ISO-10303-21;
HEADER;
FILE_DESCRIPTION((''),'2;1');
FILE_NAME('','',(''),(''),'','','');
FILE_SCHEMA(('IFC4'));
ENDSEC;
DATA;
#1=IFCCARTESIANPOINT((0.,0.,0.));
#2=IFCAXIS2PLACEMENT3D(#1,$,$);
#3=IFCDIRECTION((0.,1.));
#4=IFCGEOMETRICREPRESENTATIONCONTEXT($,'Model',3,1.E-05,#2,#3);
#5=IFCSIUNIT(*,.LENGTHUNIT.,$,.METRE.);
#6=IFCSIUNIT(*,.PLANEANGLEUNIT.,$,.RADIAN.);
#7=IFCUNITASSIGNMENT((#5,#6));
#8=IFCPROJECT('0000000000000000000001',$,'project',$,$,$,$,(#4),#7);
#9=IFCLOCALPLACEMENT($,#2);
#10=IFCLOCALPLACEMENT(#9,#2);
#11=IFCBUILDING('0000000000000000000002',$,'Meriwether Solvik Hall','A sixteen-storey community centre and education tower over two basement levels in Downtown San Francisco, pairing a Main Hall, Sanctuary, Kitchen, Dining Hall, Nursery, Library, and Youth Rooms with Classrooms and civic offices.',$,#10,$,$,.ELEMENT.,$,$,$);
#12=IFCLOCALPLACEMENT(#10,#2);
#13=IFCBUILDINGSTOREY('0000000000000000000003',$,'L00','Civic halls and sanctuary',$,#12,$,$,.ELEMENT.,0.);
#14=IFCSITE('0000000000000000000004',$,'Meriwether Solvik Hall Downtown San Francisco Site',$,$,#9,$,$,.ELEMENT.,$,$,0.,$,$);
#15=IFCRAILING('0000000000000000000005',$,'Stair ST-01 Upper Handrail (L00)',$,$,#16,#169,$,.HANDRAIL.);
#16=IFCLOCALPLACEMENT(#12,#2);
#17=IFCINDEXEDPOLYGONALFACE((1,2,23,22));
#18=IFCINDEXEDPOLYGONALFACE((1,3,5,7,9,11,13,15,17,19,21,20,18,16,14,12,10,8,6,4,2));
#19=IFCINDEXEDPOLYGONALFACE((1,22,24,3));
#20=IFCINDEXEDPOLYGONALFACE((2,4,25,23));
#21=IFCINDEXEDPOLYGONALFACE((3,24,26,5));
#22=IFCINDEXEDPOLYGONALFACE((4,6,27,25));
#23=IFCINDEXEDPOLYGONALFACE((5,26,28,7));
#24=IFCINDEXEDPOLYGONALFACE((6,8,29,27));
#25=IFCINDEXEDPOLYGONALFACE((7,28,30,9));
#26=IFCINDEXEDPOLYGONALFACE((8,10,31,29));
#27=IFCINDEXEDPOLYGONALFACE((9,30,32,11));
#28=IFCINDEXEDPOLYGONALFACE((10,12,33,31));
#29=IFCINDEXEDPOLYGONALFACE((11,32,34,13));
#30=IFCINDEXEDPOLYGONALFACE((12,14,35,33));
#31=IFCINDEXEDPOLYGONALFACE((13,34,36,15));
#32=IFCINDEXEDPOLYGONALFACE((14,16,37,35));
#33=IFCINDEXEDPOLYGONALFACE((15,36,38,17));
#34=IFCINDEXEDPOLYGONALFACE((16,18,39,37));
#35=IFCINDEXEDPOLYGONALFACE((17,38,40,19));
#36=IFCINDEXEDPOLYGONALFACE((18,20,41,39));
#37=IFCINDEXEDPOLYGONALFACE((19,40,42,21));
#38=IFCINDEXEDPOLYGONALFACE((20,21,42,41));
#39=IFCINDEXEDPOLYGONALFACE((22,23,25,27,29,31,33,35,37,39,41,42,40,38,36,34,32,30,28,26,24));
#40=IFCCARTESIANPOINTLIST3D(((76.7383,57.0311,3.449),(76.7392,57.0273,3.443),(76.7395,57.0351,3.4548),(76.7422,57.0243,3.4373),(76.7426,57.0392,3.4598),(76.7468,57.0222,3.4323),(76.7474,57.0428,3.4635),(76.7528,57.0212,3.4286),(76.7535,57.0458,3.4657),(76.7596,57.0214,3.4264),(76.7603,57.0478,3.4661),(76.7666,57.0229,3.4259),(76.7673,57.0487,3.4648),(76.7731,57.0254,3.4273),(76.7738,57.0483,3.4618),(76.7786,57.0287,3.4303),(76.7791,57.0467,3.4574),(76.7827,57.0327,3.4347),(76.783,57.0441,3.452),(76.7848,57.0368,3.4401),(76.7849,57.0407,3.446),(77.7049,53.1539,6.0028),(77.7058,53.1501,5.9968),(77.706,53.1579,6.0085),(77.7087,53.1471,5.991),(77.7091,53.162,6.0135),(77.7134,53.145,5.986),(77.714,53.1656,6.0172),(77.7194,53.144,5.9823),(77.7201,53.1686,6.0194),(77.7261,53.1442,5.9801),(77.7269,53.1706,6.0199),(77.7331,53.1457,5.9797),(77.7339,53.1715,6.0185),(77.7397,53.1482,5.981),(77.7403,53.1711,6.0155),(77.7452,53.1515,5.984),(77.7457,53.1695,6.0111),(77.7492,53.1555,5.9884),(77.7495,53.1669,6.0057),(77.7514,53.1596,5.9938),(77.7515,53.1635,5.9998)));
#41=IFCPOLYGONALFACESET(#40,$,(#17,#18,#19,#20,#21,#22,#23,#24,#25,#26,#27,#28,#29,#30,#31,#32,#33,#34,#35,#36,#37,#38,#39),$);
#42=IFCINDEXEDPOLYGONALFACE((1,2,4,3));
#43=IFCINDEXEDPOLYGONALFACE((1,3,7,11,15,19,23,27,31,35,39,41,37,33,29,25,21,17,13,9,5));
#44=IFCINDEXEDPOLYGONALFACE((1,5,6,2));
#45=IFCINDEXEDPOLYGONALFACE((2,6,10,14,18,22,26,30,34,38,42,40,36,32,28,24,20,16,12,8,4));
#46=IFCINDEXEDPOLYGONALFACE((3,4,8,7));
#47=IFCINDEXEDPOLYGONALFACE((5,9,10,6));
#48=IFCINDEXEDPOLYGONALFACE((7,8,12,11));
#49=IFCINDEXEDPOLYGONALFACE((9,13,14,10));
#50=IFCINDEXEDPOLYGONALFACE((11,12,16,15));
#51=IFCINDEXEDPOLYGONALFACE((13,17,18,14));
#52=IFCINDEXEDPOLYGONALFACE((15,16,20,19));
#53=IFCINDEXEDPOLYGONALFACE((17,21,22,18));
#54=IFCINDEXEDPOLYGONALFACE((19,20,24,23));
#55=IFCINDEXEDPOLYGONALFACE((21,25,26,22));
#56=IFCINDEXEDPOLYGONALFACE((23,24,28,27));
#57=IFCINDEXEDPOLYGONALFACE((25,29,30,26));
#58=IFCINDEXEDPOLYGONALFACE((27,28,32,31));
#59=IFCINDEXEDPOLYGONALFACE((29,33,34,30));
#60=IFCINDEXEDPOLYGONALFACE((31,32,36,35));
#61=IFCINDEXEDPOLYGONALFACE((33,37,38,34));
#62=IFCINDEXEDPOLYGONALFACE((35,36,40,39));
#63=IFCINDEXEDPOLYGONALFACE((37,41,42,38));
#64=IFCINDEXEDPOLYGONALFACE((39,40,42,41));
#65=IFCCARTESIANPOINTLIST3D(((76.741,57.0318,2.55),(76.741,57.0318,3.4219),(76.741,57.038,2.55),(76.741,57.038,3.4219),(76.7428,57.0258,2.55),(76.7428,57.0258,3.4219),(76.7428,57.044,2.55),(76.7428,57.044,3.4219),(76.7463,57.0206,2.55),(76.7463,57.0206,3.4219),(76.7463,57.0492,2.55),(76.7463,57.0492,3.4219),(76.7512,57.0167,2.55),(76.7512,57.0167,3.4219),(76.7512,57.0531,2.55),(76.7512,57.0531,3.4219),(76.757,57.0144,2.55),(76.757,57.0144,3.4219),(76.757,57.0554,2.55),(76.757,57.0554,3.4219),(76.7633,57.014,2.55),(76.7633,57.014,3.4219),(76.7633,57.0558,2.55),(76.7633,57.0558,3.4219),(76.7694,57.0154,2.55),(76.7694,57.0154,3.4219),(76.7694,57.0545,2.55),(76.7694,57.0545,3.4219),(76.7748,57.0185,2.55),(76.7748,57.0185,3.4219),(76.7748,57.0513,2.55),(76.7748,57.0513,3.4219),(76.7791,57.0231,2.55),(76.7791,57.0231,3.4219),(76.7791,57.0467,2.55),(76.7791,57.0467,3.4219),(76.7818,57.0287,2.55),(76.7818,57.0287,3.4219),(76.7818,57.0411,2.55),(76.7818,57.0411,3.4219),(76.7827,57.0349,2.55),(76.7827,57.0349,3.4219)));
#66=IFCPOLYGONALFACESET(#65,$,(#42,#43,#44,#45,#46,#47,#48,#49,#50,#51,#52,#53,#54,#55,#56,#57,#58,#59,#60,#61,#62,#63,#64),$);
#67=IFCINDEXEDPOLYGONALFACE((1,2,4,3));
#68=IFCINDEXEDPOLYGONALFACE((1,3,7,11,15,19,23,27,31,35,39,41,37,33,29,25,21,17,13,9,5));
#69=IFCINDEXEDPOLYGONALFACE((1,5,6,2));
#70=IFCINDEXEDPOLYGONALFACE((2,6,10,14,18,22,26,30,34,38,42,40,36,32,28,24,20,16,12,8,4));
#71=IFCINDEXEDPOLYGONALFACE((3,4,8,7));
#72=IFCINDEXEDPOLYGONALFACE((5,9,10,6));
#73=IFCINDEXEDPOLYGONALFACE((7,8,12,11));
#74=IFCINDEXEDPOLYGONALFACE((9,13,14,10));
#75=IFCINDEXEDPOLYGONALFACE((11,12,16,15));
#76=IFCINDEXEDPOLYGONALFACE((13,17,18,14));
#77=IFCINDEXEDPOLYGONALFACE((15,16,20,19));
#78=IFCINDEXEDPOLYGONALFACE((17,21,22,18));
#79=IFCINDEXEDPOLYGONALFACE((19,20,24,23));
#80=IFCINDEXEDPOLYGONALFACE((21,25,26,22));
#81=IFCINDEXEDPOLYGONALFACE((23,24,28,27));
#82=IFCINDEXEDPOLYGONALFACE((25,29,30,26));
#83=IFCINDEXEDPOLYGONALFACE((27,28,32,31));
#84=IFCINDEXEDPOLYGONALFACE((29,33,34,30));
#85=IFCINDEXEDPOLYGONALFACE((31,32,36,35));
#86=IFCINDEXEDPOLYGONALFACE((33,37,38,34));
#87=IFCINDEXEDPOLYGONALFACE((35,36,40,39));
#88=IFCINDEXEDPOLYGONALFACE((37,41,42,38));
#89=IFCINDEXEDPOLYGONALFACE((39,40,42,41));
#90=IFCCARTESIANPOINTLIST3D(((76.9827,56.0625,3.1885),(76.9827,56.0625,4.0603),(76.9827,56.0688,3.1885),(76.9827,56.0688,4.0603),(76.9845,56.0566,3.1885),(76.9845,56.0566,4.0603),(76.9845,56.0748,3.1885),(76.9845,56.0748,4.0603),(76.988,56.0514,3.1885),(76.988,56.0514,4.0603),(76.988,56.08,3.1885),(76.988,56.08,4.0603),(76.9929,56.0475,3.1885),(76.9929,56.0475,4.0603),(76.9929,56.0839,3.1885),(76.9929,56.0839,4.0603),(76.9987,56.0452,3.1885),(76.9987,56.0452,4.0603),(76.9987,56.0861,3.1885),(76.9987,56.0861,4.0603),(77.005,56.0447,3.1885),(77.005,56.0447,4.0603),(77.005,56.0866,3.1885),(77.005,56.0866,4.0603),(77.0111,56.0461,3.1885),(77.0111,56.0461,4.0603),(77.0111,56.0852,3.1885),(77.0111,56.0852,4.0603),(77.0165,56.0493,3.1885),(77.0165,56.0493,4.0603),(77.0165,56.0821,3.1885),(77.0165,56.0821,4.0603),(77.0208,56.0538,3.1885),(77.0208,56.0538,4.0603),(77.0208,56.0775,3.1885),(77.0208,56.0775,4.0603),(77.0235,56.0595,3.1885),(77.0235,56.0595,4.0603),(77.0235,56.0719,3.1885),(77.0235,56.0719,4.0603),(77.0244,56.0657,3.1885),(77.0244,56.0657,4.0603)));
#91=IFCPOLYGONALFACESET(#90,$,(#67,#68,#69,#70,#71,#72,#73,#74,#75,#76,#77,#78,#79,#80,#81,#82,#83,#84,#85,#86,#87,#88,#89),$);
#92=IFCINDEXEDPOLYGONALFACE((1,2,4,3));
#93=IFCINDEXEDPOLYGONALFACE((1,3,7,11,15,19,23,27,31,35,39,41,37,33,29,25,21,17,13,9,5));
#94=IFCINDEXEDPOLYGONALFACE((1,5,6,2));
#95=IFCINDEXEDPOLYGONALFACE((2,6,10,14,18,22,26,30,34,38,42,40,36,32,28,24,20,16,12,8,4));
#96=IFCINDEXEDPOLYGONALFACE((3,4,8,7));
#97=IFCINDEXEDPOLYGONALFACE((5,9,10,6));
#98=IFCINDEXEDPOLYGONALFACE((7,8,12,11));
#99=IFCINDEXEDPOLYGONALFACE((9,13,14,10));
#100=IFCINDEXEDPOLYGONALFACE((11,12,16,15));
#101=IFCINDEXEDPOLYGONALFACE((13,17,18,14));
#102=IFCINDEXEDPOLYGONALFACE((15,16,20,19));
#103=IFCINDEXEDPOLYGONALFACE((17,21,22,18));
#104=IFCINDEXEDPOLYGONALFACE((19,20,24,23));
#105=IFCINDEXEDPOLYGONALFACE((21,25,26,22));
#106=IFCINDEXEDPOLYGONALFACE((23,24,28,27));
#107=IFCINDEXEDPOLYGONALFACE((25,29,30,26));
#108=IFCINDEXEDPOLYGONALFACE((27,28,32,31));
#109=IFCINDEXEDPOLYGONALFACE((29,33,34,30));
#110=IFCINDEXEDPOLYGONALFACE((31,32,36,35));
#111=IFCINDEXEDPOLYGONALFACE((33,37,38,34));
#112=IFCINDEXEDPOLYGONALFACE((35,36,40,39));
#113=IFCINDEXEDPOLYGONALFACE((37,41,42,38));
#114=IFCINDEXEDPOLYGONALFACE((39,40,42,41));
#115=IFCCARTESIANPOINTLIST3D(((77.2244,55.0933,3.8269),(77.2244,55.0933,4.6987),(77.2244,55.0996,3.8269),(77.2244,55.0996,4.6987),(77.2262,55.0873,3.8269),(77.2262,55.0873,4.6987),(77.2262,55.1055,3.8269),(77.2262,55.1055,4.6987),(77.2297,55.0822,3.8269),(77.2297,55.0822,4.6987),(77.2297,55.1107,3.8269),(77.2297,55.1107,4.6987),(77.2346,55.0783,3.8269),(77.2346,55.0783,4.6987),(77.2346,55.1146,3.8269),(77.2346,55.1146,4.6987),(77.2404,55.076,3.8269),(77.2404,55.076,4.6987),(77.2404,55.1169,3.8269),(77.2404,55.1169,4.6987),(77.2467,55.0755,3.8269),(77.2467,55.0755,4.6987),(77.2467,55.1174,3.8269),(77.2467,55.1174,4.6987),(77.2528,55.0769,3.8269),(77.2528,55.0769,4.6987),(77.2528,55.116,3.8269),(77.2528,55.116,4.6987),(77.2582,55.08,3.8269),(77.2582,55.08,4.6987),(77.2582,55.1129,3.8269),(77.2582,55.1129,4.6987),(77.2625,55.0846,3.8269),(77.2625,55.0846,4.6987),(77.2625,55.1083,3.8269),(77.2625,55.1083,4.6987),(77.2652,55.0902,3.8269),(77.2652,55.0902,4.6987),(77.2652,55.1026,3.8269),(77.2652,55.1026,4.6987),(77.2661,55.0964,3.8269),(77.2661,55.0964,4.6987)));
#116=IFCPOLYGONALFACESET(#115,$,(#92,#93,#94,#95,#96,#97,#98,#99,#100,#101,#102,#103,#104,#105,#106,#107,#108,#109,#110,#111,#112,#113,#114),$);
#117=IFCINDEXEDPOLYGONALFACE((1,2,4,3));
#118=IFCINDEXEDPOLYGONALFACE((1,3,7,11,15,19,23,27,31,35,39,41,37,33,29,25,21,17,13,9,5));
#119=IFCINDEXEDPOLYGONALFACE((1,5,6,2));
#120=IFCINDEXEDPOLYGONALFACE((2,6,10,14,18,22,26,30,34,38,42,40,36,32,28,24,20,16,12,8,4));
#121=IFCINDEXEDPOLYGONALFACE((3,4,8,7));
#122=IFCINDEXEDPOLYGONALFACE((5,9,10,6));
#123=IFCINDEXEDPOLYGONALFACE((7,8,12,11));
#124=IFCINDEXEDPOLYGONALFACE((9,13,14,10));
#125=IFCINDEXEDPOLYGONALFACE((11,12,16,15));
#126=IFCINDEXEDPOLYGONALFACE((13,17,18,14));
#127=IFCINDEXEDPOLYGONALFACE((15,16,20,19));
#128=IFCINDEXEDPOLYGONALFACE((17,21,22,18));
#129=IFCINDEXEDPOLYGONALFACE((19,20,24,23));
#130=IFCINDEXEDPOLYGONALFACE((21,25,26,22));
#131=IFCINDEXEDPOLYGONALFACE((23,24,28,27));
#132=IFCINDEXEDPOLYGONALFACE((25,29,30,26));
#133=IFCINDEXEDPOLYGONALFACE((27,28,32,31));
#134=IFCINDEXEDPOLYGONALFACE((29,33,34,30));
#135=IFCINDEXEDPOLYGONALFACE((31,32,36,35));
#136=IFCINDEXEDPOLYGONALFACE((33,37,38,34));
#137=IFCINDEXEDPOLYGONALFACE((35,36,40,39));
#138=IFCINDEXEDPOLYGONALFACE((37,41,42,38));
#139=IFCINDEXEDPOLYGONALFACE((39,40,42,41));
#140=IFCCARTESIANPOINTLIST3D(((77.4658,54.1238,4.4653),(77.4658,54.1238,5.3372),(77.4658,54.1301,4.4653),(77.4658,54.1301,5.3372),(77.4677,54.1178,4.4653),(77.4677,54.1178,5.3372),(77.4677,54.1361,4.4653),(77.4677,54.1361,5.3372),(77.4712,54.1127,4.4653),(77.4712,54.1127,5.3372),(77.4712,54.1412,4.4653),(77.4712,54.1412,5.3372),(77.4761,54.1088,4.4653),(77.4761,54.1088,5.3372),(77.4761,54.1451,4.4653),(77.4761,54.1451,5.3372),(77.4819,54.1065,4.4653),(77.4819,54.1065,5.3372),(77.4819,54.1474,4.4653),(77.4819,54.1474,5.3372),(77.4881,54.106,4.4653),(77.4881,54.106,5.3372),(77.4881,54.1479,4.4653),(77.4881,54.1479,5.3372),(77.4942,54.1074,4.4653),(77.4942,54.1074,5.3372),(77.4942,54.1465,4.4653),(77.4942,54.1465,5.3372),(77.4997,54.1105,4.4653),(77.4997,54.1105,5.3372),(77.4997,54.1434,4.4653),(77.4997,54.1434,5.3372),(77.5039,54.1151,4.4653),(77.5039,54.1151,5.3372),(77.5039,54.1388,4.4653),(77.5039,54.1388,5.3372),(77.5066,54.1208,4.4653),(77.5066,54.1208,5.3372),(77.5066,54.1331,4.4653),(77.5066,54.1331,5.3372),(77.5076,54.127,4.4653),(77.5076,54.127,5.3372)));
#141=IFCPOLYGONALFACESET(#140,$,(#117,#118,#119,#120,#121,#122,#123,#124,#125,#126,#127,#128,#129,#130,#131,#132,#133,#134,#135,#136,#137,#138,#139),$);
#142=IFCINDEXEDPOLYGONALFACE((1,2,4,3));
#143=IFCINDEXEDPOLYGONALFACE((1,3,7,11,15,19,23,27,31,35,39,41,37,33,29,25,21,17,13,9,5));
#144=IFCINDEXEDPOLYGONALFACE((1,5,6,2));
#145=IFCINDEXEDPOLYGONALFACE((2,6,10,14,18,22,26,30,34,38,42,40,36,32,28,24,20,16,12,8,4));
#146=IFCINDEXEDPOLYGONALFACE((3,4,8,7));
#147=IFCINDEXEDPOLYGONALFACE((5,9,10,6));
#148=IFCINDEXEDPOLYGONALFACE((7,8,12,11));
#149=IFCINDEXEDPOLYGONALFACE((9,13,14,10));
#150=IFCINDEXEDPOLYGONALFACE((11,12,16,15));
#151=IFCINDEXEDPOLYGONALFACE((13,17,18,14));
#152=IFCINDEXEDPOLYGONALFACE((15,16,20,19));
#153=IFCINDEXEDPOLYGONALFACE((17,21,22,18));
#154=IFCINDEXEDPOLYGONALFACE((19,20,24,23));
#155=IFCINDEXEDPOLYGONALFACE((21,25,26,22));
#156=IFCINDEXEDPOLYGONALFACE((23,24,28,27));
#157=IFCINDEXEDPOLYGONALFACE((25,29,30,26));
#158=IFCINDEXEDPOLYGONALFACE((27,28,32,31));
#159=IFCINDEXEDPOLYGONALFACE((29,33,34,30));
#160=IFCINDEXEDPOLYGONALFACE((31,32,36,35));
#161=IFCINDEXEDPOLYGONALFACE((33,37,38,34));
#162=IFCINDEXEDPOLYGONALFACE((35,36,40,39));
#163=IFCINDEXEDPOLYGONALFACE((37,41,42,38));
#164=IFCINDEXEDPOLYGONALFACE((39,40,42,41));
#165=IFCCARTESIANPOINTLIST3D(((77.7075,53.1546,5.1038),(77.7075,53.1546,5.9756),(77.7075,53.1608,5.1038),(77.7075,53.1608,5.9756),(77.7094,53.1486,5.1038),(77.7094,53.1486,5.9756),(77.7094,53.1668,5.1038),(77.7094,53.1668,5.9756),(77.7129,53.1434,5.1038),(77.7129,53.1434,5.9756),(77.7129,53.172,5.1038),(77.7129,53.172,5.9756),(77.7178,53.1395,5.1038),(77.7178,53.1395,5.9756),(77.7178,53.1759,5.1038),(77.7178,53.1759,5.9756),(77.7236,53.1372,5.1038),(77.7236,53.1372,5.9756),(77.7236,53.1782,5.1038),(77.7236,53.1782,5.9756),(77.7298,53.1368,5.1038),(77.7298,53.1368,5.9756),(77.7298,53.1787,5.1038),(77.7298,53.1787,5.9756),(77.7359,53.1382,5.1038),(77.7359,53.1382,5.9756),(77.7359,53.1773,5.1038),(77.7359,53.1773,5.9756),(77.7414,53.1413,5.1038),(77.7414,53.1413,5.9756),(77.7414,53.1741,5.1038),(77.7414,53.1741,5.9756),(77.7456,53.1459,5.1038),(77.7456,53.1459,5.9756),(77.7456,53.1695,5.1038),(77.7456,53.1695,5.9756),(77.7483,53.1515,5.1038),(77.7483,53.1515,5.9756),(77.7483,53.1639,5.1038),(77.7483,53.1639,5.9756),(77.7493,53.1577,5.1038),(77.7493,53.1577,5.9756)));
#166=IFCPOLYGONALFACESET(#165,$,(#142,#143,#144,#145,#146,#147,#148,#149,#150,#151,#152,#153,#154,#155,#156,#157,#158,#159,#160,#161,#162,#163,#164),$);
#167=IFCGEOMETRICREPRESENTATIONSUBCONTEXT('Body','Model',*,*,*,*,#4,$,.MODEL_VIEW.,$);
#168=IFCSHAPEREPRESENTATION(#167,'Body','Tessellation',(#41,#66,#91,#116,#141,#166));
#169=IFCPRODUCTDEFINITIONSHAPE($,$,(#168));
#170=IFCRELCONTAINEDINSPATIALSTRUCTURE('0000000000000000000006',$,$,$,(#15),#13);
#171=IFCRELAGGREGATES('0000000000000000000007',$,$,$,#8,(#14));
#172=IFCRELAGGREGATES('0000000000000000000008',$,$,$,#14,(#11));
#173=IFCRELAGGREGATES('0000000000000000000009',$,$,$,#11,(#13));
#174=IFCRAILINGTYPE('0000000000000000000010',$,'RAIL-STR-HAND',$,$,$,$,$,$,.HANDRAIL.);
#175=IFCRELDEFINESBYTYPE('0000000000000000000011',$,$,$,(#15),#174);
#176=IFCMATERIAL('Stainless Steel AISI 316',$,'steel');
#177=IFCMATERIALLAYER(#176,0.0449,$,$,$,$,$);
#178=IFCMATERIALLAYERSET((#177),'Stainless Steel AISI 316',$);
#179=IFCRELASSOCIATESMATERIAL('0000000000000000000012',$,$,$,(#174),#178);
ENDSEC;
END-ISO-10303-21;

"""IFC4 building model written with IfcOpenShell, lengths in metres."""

from ifc_helpers import new_model, si_unit, direction, frame, origin, origin_2d, place, context, subcontext, project, spatial, circle, extrude, material, layer, layer_set, type_object, element, save


model = new_model("IFC4")

# Units and contexts
model_context = context("Model", 3, precision=1e-05, world=origin(), true_north=direction((0.0, 1.0)))
body_context = subcontext(model_context, "Body", "Model", "MODEL_VIEW")
ifc_project = project(units=[si_unit("LENGTHUNIT", "METRE"), si_unit("PLANEANGLEUNIT", "RADIAN")], contexts=[model_context])

# Site, building, storey
site_placement = place(None, origin())
site = spatial("IfcSite", under=ifc_project, at=site_placement, Name="Meriwether Solvik Hall Downtown San Francisco Site", CompositionType="ELEMENT", RefElevation=0.0)
building_placement = place(site_placement, origin())
building = spatial("IfcBuilding", under=site, at=building_placement, Name="Meriwether Solvik Hall", Description="A sixteen-storey community centre and education tower over two basement levels in Downtown San Francisco, pairing a Main Hall, Sanctuary, Kitchen, Dining Hall, Nursery, Library, and Youth Rooms with Classrooms and civic offices.", CompositionType="ELEMENT")
storey_placement = place(building_placement, origin())
storey = spatial("IfcBuildingStorey", under=building, at=storey_placement, Name="L00", Description="Civic halls and sanctuary", CompositionType="ELEMENT", Elevation=0.0)

# Railing
ifc_material_1 = material(Name="Stainless Steel AISI 316", Category="steel")
ifc_layer_1 = layer(ifc_material_1, 0.0449)
ifc_layer_set_1 = layer_set([ifc_layer_1], Name="Stainless Steel AISI 316")
railing_type_1 = type_object("IfcRailingType", Name="RAIL-STR-HAND", PredefinedType="HANDRAIL", material=ifc_layer_set_1)
railing_1_placement = place(storey_placement, frame((76.7617, 57.0349, 2.55)))
element("IfcRailing", 1, at=railing_1_placement, inside=storey, type_object=railing_type_1, Name="Stair ST-01 Upper Handrail (L00)", PredefinedType="HANDRAIL", context=body_context, shape_type="SweptSolid", body=[
    extrude(circle(Radius=0.0239, at=origin_2d()), frame((0.0, 0.0, 0.896), z_axis=(0.20382, -0.817597, 0.538509), x_axis=(0.970304, 0.241889, 0.0)), (0.0, 0.0, 1.0), 4.7422),
    extrude(circle(Radius=0.021, at=origin_2d()), origin(), (0.0, 0.0, 1.0), 0.8718),
    extrude(circle(Radius=0.021, at=origin_2d()), frame((0.2417, -0.9692, 0.6384)), (0.0, 0.0, 1.0), 0.8718),
    extrude(circle(Radius=0.021, at=origin_2d()), frame((0.4834, -1.9385, 1.2769)), (0.0, 0.0, 1.0), 0.8718),
    extrude(circle(Radius=0.021, at=origin_2d()), frame((0.7249, -2.908, 1.9153)), (0.0, 0.0, 1.0), 0.8718),
    extrude(circle(Radius=0.021, at=origin_2d()), frame((0.9666, -3.8772, 2.5537)), (0.0, 0.0, 1.0), 0.8718),
])

save(model, "model.ifc")
